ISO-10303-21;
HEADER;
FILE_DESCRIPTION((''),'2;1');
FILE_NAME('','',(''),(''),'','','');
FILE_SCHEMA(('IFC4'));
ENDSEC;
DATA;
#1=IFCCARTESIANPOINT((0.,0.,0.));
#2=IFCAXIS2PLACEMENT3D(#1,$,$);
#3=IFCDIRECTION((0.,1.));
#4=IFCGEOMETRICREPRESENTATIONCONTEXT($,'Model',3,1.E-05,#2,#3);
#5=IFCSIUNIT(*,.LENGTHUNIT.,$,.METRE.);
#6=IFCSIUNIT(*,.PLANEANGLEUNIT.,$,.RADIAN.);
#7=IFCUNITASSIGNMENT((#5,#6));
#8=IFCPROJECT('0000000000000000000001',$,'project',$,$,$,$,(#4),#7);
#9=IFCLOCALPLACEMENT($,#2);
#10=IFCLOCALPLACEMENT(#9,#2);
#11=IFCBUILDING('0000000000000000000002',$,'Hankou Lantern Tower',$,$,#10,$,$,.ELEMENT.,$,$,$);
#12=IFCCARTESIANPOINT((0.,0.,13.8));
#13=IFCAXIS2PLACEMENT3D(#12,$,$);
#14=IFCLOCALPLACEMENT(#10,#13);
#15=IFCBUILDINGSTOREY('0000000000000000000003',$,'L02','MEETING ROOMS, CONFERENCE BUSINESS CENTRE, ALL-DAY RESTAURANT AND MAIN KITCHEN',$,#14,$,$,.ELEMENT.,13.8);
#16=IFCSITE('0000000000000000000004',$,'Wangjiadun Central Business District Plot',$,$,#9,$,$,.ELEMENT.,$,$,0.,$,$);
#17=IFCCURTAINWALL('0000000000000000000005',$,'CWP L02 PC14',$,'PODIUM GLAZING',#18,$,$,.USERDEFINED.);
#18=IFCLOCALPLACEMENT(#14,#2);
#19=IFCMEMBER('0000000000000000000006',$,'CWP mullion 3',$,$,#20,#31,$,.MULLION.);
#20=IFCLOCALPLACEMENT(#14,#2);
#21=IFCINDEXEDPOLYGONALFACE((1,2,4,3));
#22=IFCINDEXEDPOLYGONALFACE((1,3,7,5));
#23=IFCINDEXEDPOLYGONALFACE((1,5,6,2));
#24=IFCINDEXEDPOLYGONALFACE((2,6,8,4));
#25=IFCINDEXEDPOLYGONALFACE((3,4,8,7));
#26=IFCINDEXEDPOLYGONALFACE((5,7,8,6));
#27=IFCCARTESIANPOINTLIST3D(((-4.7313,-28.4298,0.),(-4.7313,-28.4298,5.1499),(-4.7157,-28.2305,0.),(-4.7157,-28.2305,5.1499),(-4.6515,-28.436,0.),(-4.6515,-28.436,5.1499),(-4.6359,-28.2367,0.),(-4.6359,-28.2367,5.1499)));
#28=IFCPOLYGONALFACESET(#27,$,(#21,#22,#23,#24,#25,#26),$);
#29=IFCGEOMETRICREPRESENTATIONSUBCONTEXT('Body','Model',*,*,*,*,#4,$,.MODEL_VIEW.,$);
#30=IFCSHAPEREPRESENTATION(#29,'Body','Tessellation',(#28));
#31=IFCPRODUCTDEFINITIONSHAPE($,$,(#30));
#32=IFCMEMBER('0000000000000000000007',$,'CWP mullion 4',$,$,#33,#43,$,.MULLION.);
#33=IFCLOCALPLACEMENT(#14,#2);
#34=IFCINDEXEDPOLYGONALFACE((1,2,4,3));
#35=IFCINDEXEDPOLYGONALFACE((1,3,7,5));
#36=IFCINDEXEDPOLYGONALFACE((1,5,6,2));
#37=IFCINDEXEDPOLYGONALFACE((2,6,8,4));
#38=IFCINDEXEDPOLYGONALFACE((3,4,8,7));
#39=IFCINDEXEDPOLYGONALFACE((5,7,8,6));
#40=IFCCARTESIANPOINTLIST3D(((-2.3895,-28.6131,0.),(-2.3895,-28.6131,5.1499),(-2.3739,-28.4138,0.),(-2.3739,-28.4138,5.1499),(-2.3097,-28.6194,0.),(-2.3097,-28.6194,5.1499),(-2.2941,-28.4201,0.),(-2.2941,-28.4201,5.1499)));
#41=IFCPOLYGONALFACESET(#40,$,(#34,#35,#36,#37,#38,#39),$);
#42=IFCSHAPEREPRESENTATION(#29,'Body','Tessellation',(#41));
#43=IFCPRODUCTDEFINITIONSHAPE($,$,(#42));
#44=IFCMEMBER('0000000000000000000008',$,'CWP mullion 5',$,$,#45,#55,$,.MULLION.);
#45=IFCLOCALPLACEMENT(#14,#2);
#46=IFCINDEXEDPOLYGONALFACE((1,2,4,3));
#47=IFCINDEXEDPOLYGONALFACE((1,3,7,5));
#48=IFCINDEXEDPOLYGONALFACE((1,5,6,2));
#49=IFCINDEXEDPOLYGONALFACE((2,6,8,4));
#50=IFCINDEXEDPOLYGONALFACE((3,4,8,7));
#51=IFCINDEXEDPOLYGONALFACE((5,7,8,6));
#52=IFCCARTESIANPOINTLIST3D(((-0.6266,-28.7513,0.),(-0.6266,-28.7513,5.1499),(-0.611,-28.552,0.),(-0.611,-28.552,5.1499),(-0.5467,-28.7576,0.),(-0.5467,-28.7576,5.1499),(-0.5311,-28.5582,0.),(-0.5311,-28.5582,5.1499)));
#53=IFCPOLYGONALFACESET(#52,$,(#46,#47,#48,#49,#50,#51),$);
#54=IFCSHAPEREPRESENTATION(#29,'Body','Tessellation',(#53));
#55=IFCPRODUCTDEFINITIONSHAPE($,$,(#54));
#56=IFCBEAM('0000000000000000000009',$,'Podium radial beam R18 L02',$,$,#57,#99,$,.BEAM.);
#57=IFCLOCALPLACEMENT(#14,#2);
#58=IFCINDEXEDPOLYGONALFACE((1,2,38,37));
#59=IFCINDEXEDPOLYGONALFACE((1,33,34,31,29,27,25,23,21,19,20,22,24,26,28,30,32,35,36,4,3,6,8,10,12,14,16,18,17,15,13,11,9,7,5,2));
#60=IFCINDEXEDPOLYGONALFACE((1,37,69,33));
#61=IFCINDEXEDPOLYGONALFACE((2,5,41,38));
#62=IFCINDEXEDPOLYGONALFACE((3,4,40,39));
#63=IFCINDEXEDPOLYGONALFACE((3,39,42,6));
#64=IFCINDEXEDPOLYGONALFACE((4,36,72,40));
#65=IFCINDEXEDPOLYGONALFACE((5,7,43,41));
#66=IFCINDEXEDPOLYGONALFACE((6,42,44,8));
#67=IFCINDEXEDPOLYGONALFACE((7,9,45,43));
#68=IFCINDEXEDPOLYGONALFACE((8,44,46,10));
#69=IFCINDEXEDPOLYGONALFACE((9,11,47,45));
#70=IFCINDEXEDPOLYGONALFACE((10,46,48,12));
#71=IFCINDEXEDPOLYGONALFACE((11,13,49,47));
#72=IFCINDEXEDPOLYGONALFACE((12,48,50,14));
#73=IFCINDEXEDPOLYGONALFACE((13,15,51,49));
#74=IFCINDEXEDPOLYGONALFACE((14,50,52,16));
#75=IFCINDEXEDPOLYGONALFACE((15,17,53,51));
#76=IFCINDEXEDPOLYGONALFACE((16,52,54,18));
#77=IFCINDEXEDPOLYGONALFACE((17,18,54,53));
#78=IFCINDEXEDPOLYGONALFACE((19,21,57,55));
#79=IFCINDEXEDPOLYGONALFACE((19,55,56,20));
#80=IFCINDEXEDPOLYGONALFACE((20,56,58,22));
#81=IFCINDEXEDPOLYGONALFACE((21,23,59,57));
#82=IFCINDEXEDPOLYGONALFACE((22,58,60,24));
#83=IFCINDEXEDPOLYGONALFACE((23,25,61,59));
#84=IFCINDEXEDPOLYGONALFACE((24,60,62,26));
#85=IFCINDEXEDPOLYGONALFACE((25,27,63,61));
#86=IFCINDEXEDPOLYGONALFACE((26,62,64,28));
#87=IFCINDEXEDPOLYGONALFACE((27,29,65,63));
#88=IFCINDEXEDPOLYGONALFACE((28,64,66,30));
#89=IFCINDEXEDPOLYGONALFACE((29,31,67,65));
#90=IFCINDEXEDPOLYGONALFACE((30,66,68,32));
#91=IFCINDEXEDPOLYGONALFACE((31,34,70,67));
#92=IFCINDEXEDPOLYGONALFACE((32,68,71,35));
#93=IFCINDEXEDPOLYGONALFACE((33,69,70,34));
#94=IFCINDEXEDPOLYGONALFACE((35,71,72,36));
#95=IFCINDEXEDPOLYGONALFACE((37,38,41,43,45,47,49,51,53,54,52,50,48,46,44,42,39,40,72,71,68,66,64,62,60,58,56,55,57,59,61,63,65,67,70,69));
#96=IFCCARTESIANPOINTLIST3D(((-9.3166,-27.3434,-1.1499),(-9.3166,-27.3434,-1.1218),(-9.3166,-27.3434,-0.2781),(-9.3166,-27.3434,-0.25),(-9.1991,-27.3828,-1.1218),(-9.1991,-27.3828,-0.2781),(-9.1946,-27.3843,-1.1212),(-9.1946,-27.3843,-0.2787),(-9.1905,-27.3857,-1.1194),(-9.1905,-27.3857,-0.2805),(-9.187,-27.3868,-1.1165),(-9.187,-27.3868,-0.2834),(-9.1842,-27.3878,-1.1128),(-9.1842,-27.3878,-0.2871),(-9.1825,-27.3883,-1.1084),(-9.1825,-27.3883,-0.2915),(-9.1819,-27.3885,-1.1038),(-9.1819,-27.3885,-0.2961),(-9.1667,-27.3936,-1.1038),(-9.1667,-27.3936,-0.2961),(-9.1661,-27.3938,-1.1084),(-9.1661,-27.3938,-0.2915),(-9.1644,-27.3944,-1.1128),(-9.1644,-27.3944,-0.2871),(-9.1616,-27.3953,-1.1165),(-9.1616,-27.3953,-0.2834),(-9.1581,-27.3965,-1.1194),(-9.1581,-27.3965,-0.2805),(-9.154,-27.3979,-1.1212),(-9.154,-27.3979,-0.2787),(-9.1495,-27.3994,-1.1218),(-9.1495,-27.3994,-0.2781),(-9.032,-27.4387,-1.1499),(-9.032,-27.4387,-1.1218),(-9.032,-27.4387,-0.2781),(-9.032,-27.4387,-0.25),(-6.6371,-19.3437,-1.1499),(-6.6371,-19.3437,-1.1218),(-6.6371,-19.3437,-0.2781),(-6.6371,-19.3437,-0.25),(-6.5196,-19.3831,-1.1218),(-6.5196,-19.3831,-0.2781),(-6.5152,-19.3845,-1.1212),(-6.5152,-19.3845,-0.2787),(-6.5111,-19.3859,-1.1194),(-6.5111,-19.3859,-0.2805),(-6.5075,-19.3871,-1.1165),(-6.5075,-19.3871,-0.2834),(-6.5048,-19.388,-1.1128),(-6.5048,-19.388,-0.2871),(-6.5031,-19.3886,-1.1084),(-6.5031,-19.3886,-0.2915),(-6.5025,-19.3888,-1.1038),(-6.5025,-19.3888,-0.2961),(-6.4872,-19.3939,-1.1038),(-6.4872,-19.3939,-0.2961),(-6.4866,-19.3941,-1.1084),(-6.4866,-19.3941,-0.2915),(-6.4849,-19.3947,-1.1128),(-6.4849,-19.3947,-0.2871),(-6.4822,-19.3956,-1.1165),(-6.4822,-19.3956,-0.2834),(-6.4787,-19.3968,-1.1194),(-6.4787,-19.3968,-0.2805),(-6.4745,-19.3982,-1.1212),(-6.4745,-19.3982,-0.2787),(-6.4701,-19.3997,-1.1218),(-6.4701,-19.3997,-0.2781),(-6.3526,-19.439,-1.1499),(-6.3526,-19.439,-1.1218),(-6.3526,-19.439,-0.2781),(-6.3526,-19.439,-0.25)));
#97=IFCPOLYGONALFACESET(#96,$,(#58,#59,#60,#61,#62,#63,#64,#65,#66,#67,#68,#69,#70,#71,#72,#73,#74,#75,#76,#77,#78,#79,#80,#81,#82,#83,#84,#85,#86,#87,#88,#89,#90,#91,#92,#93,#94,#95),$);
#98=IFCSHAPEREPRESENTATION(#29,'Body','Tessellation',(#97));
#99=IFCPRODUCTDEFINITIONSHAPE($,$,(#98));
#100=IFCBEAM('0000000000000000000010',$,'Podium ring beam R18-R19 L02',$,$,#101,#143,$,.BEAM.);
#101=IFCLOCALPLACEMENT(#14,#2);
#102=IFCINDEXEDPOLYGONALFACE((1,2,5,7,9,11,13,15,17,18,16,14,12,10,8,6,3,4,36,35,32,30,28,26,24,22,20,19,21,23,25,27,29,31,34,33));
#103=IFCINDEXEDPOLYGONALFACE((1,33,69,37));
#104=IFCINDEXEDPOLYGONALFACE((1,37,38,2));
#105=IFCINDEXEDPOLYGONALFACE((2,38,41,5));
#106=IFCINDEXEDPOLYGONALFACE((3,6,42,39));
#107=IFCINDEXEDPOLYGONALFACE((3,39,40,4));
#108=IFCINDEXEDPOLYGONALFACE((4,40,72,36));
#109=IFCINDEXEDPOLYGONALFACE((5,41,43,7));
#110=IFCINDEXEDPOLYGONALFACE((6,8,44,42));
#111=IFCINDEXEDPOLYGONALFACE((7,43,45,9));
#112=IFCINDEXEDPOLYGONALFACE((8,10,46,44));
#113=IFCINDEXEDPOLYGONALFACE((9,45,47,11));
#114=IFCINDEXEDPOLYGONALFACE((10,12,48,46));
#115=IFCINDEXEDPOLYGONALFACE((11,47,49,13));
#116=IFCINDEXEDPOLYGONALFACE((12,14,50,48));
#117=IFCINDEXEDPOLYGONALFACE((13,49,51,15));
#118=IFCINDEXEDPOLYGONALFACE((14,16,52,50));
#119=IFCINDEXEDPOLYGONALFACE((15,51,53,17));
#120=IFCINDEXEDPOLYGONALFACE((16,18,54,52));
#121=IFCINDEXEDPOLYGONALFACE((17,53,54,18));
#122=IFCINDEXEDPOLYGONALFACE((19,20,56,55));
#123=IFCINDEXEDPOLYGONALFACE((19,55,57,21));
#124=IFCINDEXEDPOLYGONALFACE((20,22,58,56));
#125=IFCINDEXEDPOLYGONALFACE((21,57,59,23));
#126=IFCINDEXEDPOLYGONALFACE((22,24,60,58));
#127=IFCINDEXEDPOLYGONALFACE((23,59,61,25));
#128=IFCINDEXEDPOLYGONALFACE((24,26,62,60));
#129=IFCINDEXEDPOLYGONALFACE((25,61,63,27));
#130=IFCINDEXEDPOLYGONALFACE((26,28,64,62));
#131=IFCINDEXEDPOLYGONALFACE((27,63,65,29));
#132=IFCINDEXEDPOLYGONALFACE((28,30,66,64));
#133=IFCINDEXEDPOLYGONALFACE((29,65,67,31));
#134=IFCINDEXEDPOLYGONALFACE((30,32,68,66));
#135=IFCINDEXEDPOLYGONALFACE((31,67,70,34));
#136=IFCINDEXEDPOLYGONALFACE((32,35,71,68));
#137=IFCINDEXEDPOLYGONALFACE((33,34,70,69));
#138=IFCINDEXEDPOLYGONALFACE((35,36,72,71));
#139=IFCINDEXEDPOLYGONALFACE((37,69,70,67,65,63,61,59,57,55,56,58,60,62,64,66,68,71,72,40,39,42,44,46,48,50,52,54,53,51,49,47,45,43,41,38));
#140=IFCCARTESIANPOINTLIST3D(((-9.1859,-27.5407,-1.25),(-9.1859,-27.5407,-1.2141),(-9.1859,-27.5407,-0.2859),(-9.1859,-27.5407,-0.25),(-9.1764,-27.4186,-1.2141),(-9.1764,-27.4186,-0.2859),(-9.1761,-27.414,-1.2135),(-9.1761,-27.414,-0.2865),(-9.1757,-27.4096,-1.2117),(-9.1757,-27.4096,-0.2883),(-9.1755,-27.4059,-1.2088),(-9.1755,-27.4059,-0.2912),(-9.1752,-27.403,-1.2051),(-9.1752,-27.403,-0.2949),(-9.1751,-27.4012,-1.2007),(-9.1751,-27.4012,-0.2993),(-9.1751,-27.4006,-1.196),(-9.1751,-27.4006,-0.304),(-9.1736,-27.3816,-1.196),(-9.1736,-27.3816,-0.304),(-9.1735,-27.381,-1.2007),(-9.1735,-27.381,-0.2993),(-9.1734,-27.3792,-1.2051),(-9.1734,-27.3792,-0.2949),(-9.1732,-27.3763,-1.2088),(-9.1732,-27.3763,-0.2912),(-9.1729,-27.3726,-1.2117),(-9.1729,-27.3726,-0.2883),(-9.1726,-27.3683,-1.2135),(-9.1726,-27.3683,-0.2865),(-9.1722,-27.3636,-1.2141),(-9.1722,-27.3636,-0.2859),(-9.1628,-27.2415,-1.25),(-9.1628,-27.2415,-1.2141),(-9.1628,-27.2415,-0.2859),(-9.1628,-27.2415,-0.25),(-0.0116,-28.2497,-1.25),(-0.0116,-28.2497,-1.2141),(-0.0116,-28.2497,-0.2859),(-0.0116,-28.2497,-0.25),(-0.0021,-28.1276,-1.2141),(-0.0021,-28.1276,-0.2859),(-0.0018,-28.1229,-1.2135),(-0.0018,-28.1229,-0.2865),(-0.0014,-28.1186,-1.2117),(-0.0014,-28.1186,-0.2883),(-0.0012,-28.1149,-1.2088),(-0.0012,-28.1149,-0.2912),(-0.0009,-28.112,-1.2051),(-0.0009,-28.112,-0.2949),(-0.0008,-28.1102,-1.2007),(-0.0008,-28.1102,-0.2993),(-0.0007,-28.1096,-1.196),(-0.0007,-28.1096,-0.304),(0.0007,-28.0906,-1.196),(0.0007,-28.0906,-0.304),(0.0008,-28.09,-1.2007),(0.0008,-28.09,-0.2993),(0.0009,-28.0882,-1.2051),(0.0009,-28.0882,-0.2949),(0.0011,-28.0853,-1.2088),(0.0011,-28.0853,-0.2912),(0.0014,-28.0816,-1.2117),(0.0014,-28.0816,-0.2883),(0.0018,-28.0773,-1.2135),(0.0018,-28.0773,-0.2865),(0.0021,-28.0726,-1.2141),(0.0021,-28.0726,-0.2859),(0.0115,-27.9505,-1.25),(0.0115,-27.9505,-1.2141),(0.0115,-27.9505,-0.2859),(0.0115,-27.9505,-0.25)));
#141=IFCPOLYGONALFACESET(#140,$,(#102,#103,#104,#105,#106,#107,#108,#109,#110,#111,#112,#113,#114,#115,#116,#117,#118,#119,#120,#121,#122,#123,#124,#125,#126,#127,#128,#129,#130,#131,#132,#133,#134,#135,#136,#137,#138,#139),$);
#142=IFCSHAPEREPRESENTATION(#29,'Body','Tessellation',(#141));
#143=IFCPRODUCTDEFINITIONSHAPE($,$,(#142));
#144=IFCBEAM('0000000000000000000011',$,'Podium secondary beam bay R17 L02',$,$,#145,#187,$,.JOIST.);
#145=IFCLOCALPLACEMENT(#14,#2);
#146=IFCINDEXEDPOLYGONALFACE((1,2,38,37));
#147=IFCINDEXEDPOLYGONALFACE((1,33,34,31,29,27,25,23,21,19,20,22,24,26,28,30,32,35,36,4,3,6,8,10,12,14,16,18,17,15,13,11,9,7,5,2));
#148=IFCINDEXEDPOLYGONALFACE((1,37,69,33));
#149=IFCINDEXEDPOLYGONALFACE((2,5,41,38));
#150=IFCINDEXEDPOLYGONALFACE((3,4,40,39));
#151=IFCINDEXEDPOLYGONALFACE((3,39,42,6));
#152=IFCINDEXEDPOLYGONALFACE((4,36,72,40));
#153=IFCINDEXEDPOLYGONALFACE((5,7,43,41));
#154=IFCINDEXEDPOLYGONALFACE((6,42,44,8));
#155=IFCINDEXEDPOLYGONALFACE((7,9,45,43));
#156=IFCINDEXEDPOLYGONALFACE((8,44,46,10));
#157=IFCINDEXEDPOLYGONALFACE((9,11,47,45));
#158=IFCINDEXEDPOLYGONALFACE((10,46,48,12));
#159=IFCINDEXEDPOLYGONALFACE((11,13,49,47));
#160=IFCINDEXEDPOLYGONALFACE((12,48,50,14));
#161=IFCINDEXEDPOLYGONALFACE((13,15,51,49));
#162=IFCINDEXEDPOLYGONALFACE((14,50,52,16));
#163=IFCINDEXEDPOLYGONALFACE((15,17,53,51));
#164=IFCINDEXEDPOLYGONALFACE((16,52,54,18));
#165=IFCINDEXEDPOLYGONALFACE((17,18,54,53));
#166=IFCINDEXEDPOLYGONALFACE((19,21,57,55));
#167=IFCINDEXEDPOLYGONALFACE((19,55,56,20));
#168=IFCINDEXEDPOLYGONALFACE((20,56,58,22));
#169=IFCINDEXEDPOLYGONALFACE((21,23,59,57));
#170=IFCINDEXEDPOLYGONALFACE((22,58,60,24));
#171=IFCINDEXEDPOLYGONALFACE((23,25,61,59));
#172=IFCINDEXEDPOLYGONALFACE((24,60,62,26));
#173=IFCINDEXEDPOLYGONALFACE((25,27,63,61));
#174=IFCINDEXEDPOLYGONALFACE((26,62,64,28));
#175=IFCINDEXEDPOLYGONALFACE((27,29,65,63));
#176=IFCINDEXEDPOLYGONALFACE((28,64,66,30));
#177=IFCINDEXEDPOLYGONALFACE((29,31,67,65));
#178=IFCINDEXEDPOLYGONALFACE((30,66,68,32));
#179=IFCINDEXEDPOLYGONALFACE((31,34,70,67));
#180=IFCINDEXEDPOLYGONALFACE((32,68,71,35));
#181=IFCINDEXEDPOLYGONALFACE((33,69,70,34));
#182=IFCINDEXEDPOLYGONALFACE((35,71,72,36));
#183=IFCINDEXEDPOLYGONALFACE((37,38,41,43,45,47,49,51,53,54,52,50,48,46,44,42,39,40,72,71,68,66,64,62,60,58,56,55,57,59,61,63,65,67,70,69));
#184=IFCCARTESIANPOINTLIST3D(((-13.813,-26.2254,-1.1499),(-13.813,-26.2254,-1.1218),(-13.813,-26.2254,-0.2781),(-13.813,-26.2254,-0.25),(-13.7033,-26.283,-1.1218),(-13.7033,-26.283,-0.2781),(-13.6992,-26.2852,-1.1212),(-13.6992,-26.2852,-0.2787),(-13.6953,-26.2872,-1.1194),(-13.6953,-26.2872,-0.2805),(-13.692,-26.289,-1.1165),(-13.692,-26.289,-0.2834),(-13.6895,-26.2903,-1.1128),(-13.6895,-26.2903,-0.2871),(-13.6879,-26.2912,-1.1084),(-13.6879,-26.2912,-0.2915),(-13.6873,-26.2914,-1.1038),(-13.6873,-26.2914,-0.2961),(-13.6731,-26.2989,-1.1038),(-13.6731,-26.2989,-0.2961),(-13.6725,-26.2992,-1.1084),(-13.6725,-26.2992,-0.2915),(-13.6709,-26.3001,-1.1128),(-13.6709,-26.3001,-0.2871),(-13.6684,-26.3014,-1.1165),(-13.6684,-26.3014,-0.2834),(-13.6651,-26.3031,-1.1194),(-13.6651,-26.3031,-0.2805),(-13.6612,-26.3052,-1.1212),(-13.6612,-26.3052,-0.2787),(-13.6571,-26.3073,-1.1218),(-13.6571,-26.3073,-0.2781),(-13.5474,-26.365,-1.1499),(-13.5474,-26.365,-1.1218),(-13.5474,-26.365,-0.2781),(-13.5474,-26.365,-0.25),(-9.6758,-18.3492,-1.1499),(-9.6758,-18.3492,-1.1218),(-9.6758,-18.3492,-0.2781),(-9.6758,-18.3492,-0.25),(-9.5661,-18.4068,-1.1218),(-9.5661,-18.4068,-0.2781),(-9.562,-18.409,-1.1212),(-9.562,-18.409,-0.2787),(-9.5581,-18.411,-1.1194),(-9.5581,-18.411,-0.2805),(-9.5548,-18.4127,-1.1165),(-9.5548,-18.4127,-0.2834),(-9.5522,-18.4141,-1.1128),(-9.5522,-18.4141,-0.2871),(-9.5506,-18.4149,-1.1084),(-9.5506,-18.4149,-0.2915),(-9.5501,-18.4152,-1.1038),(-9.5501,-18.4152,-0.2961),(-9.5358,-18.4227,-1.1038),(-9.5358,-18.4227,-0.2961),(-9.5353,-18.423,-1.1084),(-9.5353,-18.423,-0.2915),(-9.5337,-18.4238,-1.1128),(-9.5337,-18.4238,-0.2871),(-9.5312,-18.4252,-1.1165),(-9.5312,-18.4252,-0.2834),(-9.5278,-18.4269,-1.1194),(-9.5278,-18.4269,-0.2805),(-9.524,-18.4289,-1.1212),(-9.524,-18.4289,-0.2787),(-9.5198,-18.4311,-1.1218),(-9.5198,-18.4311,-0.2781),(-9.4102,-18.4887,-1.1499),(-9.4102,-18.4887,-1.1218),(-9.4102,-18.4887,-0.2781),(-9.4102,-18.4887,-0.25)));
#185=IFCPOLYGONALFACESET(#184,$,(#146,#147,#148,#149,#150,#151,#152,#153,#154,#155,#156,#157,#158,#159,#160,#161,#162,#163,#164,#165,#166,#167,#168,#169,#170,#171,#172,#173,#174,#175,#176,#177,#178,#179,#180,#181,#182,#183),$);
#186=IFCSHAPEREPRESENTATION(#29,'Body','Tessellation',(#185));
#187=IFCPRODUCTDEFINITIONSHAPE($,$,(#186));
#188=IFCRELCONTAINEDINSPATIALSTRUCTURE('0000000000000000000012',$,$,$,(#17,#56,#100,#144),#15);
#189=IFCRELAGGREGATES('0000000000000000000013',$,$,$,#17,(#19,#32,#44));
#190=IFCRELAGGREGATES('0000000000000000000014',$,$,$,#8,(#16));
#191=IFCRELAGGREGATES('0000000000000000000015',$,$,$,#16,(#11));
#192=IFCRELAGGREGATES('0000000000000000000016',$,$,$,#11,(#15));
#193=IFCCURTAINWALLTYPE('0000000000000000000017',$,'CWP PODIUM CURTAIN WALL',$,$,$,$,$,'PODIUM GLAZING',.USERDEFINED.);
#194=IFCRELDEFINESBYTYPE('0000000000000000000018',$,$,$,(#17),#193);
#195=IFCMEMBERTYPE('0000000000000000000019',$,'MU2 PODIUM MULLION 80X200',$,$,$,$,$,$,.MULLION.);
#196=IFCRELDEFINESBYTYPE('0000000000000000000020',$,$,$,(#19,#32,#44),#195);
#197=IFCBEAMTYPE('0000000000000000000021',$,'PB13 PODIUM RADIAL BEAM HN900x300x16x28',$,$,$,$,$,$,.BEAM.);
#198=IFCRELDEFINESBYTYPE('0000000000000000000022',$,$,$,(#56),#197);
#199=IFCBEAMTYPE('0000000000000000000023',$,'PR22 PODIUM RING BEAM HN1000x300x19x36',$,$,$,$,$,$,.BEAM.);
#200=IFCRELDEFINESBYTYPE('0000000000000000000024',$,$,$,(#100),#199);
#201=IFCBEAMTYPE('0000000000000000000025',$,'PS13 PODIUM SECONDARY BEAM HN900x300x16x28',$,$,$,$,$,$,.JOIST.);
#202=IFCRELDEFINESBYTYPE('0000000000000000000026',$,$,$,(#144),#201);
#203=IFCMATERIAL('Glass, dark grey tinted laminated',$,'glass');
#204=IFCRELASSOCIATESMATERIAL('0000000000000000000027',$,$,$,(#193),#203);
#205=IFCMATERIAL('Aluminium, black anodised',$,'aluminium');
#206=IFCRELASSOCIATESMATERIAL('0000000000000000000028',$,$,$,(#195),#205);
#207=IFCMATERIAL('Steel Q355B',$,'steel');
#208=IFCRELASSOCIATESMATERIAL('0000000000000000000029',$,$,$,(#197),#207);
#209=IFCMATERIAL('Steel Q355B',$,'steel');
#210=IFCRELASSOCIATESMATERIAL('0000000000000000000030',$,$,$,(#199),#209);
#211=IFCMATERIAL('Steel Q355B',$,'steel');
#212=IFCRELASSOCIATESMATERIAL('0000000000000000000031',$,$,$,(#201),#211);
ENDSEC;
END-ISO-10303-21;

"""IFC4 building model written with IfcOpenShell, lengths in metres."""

from ifc_helpers import new_model, si_unit, direction, frame, origin, origin_2d, place, context, subcontext, project, spatial, rectangle, i_section, extrude, material, material_profile, profile_set, type_object, element, aggregate, save


model = new_model("IFC4")

# Units and contexts
model_context = context("Model", 3, precision=1e-05, world=origin(), true_north=direction((0.0, 1.0)))
body_context = subcontext(model_context, "Body", "Model", "MODEL_VIEW")
ifc_project = project(units=[si_unit("LENGTHUNIT", "METRE"), si_unit("PLANEANGLEUNIT", "RADIAN")], contexts=[model_context])

# Site, building, storey
site_placement = place(None, origin())
site = spatial("IfcSite", under=ifc_project, at=site_placement, Name="Wangjiadun Central Business District Plot", CompositionType="ELEMENT", RefElevation=0.0)
building_placement = place(site_placement, origin())
building = spatial("IfcBuilding", under=site, at=building_placement, Name="Hankou Lantern Tower", CompositionType="ELEMENT")
storey_placement = place(building_placement, frame((0.0, 0.0, 13.8)))
storey = spatial("IfcBuildingStorey", under=building, at=storey_placement, Name="L02", Description="MEETING ROOMS, CONFERENCE BUSINESS CENTRE, ALL-DAY RESTAURANT AND MAIN KITCHEN", CompositionType="ELEMENT", Elevation=13.8)

# Curtain wall, members
ifc_material_1 = material(Name="Glass, dark grey tinted laminated", Category="glass")
curtain_wall_type = type_object("IfcCurtainWallType", Name="CWP PODIUM CURTAIN WALL", ElementType="PODIUM GLAZING", PredefinedType="USERDEFINED", material=ifc_material_1)
curtain_wall_placement = place(storey_placement, origin())
curtain_wall = element("IfcCurtainWall", 1, at=curtain_wall_placement, inside=storey, type_object=curtain_wall_type, Name="CWP L02 PC14", ObjectType="PODIUM GLAZING", PredefinedType="USERDEFINED")
ifc_material_2 = material(Name="Aluminium, black anodised", Category="aluminium")
ifc_material_profile_1 = material_profile(ifc_material_2, rectangle(XDim=0.0801, YDim=0.2, at=origin_2d()), Name="MU2 80X200")
ifc_profile_set_1 = profile_set([ifc_material_profile_1], Name="Aluminium, black anodised")
member_type_1 = type_object("IfcMemberType", Name="MU2 PODIUM MULLION 80X200", PredefinedType="MULLION", material=ifc_profile_set_1)
member_1_placement = place(storey_placement, frame((-4.6836, -28.3333, 0.0), z_axis=(0.0, 0.0, 1.0), x_axis=(0.996949, -0.078062, 0.0)))
member_1 = element("IfcMember", 2, at=member_1_placement, type_object=member_type_1, Name="CWP mullion 3", PredefinedType="MULLION", context=body_context, shape_type="SweptSolid", body=[
    extrude(rectangle(XDim=0.0801, YDim=0.2, at=origin_2d()), origin(), (0.0, 0.0, 1.0), 5.1499),
])
member_2_placement = place(storey_placement, frame((-2.3418, -28.5166, 0.0), z_axis=(0.0, 0.0, 1.0), x_axis=(0.996949, -0.078062, 0.0)))
member_2 = element("IfcMember", 3, at=member_2_placement, type_object=member_type_1, Name="CWP mullion 4", PredefinedType="MULLION", context=body_context, shape_type="SweptSolid", body=[
    extrude(rectangle(XDim=0.0801, YDim=0.2, at=origin_2d()), origin(), (0.0, 0.0, 1.0), 5.1499),
])
member_3_placement = place(storey_placement, frame((-0.5789, -28.6548, 0.0), z_axis=(0.0, 0.0, 1.0), x_axis=(0.996949, -0.078062, 0.0)))
member_3 = element("IfcMember", 4, at=member_3_placement, type_object=member_type_1, Name="CWP mullion 5", PredefinedType="MULLION", context=body_context, shape_type="SweptSolid", body=[
    extrude(rectangle(XDim=0.0801, YDim=0.2, at=origin_2d()), origin(), (0.0, 0.0, 1.0), 5.1499),
])

# Beams
ifc_material_3 = material(Name="Steel Q355B", Category="steel")
ifc_material_profile_2 = material_profile(ifc_material_3, i_section(OverallWidth=0.3, OverallDepth=0.8999, WebThickness=0.0161, FlangeThickness=0.0281, FilletRadius=0.0181, at=origin_2d()), Name="HN900x300x16x28")
ifc_profile_set_2 = profile_set([ifc_material_profile_2], Name="Steel Q355B")
beam_type_1 = type_object("IfcBeamType", Name="PB13 PODIUM RADIAL BEAM HN900x300x16x28", PredefinedType="BEAM", material=ifc_profile_set_2)
beam_1_placement = place(storey_placement, frame((-6.4949, -19.3914, -0.7), z_axis=(-0.317599, -0.948225, 0.0), x_axis=(0.948225, -0.317599, 0.0)))
element("IfcBeam", 5, at=beam_1_placement, inside=storey, type_object=beam_type_1, Name="Podium radial beam R18 L02", PredefinedType="BEAM", context=body_context, shape_type="SweptSolid", body=[
    extrude(i_section(OverallWidth=0.3, OverallDepth=0.8999, WebThickness=0.0161, FlangeThickness=0.0281, FilletRadius=0.0181, at=origin_2d()), origin(), (0.0, 0.0, 1.0), 8.4365),
])
ifc_material_4 = material(Name="Steel Q355B", Category="steel")
ifc_material_profile_3 = material_profile(ifc_material_4, i_section(OverallWidth=0.3, OverallDepth=1.0, WebThickness=0.019, FlangeThickness=0.0359, FilletRadius=0.0181, at=origin_2d()), Name="HN1000x300x19x36")
ifc_profile_set_3 = profile_set([ifc_material_profile_3], Name="Steel Q355B")
beam_type_2 = type_object("IfcBeamType", Name="PR22 PODIUM RING BEAM HN1000x300x19x36", PredefinedType="BEAM", material=ifc_profile_set_3)
beam_2_placement = place(storey_placement, frame((-9.1743, -27.3911, -0.75), z_axis=(0.997027, -0.07705, 0.0), x_axis=(0.07705, 0.997027, 0.0)))
element("IfcBeam", 6, at=beam_2_placement, inside=storey, type_object=beam_type_2, Name="Podium ring beam R18-R19 L02", PredefinedType="BEAM", context=body_context, shape_type="SweptSolid", body=[
    extrude(i_section(OverallWidth=0.3, OverallDepth=1.0, WebThickness=0.019, FlangeThickness=0.0359, FilletRadius=0.0181, at=origin_2d()), origin(), (0.0, 0.0, 1.0), 9.2017),
])
ifc_material_5 = material(Name="Steel Q355B", Category="steel")
ifc_material_profile_4 = material_profile(ifc_material_5, i_section(OverallWidth=0.3, OverallDepth=0.8999, WebThickness=0.0161, FlangeThickness=0.0281, FilletRadius=0.0181, at=origin_2d()), Name="HN900x300x16x28")
ifc_profile_set_4 = profile_set([ifc_material_profile_4], Name="Steel Q355B")
beam_type_3 = type_object("IfcBeamType", Name="PS13 PODIUM SECONDARY BEAM HN900x300x16x28", PredefinedType="JOIST", material=ifc_profile_set_4)
beam_3_placement = place(storey_placement, frame((-9.543, -18.4189, -0.7), z_axis=(-0.465027, -0.885297, 0.0), x_axis=(0.885297, -0.465027, 0.0)))
element("IfcBeam", 7, at=beam_3_placement, inside=storey, type_object=beam_type_3, Name="Podium secondary beam bay R17 L02", PredefinedType="JOIST", context=body_context, shape_type="SweptSolid", body=[
    extrude(i_section(OverallWidth=0.3, OverallDepth=0.8999, WebThickness=0.0161, FlangeThickness=0.0281, FilletRadius=0.0181, at=origin_2d()), origin(), (0.0, 0.0, 1.0), 8.8967),
])

aggregate(curtain_wall, [member_1, member_2, member_3])

save(model, "model.ifc")
